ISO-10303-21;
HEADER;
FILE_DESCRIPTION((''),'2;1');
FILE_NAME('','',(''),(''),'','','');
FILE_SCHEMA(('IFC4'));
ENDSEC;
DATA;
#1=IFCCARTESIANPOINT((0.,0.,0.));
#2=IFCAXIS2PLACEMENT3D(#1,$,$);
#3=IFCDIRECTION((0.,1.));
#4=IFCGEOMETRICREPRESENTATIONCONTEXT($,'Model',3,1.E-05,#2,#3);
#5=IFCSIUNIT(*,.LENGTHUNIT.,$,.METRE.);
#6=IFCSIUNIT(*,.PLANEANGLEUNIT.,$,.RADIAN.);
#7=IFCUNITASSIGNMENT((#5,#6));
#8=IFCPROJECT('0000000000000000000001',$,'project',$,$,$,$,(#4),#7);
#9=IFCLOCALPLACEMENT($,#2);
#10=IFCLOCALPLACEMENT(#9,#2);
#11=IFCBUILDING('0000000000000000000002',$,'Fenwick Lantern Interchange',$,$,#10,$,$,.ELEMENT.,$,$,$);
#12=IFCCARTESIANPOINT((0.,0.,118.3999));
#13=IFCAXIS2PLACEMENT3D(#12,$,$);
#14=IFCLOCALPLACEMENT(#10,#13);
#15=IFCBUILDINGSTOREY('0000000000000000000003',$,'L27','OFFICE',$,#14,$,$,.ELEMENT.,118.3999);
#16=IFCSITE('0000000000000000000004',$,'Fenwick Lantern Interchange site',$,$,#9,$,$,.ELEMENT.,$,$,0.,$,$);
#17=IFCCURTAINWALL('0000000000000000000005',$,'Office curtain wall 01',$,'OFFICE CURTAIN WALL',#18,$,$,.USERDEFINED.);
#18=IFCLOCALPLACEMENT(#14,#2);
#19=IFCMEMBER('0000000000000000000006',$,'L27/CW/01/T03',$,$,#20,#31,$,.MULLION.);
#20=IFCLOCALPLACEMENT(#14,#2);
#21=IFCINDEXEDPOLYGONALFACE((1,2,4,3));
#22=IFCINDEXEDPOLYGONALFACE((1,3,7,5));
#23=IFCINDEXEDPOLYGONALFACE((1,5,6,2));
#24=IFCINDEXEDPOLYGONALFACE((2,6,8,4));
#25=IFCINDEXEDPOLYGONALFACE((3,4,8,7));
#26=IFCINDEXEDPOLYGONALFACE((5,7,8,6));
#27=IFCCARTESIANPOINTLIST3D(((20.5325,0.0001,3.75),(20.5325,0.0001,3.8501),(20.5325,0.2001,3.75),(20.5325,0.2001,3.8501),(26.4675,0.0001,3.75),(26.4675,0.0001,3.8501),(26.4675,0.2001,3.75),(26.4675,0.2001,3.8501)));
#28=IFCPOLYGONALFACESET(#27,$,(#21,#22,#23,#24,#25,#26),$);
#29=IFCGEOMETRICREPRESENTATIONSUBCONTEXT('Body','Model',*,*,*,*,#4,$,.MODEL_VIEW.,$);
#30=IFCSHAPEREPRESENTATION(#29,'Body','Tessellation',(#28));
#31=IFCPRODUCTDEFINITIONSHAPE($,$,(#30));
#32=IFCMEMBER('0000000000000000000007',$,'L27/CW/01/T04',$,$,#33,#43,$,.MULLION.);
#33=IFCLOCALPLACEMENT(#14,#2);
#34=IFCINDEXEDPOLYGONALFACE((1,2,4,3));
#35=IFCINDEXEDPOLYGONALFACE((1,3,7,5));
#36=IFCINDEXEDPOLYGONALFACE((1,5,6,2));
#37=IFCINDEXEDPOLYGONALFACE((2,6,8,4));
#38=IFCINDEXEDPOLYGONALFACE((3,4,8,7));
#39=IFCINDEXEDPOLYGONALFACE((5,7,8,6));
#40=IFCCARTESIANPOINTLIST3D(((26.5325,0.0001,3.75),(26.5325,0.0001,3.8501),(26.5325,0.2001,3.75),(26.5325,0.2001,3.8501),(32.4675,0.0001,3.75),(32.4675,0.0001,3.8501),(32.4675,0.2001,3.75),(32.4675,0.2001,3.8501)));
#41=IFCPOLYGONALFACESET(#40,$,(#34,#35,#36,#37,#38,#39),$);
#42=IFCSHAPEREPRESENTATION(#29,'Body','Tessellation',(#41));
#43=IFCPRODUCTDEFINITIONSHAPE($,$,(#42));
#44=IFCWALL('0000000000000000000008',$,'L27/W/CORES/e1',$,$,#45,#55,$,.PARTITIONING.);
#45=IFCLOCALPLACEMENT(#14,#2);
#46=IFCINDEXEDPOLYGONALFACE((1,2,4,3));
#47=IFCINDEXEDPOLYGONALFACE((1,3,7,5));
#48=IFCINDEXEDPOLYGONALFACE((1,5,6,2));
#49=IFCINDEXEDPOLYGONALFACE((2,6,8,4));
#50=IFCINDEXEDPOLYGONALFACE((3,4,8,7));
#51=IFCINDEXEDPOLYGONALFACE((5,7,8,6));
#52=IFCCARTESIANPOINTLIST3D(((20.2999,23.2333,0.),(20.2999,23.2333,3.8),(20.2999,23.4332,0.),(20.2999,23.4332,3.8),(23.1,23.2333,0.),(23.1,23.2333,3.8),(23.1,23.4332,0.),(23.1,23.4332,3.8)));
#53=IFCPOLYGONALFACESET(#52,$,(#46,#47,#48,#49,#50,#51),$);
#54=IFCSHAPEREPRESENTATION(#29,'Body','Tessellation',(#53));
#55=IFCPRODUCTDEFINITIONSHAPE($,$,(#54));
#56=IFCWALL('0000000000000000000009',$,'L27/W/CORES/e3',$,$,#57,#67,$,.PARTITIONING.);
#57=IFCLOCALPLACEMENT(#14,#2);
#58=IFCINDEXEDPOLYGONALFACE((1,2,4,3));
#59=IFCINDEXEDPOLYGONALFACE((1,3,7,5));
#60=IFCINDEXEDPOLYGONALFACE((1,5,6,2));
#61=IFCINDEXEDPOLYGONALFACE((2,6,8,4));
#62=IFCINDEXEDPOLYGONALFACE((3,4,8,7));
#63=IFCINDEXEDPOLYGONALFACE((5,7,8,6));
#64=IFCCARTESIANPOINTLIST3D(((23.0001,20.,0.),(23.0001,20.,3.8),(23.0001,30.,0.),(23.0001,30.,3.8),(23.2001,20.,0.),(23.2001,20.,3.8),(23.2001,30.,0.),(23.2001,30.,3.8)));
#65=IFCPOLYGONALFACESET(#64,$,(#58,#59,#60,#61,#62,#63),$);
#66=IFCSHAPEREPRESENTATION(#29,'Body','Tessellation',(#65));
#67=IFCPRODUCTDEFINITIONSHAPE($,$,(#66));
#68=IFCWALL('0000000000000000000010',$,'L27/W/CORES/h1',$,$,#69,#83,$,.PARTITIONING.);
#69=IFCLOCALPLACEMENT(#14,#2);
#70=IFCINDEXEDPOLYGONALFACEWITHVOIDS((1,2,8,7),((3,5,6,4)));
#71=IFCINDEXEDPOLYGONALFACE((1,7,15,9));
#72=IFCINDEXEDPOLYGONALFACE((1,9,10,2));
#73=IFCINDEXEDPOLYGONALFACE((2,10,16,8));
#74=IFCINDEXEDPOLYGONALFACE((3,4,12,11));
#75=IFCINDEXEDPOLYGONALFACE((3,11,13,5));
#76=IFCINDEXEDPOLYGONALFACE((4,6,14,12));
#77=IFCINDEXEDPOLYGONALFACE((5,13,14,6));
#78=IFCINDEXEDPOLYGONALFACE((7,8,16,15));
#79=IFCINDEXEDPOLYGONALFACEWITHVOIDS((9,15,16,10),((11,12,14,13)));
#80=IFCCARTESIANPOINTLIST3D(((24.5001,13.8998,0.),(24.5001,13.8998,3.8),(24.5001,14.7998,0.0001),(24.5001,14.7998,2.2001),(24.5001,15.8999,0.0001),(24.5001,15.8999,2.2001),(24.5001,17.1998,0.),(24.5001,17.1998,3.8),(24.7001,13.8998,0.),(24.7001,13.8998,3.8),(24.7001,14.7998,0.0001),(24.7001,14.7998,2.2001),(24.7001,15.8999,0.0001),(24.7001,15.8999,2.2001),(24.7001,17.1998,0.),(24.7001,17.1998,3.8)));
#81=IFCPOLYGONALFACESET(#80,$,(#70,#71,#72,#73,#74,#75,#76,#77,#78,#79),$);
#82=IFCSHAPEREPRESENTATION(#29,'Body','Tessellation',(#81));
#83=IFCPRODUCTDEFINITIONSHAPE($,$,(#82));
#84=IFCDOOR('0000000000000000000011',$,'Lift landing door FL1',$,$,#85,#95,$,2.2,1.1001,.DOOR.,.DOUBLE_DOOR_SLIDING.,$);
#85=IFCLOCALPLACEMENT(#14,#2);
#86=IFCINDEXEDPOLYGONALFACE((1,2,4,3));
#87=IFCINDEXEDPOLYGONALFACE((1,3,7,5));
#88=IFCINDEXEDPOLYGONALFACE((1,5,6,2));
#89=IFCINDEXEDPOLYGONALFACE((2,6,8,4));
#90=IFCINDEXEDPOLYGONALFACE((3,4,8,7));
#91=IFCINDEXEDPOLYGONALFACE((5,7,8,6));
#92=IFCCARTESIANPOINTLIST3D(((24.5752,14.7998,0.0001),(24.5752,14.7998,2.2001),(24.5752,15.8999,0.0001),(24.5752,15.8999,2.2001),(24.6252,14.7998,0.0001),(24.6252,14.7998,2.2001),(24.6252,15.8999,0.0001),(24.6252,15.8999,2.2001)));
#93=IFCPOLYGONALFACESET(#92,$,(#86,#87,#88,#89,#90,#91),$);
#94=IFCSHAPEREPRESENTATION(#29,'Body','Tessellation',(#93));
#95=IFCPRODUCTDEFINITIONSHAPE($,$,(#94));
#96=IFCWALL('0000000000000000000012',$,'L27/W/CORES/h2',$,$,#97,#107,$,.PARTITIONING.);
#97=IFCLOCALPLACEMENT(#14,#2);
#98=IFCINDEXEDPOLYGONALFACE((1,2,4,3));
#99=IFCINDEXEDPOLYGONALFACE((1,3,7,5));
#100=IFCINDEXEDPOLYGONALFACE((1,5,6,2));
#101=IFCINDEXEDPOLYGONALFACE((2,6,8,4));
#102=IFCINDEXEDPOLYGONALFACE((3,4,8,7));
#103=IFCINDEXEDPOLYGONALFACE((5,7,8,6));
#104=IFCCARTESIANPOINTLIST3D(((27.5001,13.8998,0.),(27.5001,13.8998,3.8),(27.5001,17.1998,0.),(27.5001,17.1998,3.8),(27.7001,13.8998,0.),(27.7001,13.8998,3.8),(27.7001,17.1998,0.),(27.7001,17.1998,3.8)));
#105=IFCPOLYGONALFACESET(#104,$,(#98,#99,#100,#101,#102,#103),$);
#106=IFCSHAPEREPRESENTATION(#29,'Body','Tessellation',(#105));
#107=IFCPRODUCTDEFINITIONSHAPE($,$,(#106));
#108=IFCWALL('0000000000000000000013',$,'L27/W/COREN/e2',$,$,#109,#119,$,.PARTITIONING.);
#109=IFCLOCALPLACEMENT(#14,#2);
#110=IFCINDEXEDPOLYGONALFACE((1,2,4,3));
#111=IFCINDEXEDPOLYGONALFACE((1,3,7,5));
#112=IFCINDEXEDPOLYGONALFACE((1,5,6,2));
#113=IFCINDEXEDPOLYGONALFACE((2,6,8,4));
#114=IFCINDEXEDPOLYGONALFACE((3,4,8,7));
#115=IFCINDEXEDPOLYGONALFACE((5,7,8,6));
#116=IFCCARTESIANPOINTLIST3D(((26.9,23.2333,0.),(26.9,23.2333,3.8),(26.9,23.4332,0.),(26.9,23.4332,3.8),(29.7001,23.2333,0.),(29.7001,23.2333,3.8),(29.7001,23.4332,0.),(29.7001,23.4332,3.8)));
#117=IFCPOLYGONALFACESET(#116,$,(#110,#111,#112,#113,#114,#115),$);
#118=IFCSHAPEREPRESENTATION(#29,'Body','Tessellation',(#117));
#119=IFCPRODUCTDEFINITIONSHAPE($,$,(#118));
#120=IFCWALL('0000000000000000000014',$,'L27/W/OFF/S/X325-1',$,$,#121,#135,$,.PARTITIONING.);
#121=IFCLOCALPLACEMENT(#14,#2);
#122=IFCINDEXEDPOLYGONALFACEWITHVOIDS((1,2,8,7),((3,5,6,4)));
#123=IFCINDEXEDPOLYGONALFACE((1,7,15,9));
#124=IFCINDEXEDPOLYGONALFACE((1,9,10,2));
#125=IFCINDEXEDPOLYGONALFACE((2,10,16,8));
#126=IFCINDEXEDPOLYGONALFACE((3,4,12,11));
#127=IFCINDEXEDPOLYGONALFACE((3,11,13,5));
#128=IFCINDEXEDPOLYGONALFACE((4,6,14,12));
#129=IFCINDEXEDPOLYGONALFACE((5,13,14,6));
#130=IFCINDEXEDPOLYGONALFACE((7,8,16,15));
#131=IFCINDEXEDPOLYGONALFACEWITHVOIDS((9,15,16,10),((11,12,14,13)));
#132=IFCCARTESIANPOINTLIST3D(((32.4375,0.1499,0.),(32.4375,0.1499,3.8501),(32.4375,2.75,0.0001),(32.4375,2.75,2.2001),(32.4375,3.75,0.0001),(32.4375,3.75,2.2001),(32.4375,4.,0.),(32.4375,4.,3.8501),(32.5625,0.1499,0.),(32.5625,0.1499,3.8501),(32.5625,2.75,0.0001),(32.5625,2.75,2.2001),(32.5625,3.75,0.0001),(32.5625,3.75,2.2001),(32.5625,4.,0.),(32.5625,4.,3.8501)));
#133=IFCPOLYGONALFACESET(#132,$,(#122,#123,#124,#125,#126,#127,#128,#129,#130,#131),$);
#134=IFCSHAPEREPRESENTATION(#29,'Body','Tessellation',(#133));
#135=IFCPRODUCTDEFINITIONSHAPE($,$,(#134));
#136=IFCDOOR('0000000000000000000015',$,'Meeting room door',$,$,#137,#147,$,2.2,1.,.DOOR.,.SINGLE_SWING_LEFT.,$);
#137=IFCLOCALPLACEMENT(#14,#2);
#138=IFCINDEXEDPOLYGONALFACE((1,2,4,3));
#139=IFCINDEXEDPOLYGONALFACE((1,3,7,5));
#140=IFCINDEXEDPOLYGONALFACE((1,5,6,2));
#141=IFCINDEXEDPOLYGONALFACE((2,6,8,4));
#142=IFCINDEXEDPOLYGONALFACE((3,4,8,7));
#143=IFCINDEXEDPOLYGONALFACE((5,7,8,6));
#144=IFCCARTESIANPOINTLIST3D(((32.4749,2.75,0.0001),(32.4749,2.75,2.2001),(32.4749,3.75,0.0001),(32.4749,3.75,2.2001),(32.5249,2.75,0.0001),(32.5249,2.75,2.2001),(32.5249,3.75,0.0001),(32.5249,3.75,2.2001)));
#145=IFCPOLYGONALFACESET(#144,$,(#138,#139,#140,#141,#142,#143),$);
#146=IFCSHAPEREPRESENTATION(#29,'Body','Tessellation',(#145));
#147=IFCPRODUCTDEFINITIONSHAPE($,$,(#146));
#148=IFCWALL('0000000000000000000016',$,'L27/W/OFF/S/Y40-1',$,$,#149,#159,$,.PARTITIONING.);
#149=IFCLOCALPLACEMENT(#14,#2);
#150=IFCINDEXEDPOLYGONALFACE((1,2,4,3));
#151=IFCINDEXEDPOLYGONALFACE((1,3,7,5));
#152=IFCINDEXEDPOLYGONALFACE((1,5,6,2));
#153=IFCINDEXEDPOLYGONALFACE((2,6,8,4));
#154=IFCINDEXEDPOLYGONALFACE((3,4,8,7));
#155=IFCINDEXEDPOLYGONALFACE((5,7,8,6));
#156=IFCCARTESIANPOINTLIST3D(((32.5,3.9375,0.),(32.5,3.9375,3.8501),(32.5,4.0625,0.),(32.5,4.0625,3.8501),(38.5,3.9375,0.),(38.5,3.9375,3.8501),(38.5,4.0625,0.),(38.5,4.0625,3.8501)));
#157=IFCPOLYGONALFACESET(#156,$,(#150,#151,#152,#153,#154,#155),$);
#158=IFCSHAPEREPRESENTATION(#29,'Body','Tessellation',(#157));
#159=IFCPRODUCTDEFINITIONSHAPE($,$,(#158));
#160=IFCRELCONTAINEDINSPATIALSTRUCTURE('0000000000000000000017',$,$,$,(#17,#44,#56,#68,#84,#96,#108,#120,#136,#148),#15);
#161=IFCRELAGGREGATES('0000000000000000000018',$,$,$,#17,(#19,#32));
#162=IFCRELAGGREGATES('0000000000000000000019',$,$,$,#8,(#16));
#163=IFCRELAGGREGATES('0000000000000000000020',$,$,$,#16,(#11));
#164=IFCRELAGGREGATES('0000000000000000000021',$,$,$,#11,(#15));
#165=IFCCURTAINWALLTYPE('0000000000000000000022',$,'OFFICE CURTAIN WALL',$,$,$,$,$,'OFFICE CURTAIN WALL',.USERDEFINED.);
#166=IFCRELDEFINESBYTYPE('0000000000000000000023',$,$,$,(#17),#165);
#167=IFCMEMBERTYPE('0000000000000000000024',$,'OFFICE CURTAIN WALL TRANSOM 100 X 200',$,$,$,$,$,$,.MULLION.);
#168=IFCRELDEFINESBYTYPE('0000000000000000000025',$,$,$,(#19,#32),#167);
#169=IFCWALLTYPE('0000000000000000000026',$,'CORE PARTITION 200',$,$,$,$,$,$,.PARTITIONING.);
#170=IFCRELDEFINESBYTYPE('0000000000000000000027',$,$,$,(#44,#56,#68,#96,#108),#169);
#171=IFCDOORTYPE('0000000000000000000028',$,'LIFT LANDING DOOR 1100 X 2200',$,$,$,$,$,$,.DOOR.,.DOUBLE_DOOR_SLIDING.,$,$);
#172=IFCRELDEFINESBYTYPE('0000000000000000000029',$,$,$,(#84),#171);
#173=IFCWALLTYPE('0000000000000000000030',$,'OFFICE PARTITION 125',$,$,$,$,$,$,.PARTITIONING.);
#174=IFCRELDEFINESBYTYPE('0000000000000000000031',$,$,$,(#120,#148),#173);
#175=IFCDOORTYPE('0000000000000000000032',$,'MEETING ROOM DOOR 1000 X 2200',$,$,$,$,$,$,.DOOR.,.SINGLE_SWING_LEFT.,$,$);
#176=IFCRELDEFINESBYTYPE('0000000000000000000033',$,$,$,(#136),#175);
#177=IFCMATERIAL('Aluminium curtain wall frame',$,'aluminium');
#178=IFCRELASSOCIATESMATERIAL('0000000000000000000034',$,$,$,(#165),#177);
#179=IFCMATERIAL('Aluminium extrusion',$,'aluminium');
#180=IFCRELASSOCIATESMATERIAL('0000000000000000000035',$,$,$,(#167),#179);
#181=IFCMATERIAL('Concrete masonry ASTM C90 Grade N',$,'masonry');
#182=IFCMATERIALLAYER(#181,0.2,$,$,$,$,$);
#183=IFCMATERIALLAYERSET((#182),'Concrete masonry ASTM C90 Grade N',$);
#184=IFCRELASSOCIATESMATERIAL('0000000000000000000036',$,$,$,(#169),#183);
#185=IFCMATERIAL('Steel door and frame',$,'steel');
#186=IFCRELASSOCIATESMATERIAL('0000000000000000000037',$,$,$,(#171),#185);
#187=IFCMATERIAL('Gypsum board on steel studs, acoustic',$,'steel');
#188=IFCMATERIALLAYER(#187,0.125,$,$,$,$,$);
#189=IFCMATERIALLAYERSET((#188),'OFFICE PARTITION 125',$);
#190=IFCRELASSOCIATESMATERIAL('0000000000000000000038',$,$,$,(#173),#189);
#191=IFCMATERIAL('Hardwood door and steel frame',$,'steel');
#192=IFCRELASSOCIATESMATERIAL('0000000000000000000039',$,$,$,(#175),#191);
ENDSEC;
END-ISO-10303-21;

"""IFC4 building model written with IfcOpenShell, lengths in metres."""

from ifc_helpers import new_model, si_unit, direction, frame, frame_2d, origin, origin_2d, place, context, subcontext, project, spatial, rectangle, extrude, material, layer, layer_set, material_profile, profile_set, type_object, element, fill, aggregate, save


model = new_model("IFC4")

# Units and contexts
model_context = context("Model", 3, precision=1e-05, world=origin(), true_north=direction((0.0, 1.0)))
body_context = subcontext(model_context, "Body", "Model", "MODEL_VIEW")
ifc_project = project(units=[si_unit("LENGTHUNIT", "METRE"), si_unit("PLANEANGLEUNIT", "RADIAN")], contexts=[model_context])

# Site, building, storey
site_placement = place(None, origin())
site = spatial("IfcSite", under=ifc_project, at=site_placement, Name="Fenwick Lantern Interchange site", CompositionType="ELEMENT", RefElevation=0.0)
building_placement = place(site_placement, origin())
building = spatial("IfcBuilding", under=site, at=building_placement, Name="Fenwick Lantern Interchange", CompositionType="ELEMENT")
storey_placement = place(building_placement, frame((0.0, 0.0, 118.3999)))
storey = spatial("IfcBuildingStorey", under=building, at=storey_placement, Name="L27", Description="OFFICE", CompositionType="ELEMENT", Elevation=118.3999)

# Curtain wall, members
ifc_material_1 = material(Name="Aluminium curtain wall frame", Category="aluminium")
curtain_wall_type = type_object("IfcCurtainWallType", Name="OFFICE CURTAIN WALL", ElementType="OFFICE CURTAIN WALL", PredefinedType="USERDEFINED", material=ifc_material_1)
curtain_wall_placement = place(storey_placement, origin())
curtain_wall = element("IfcCurtainWall", 1, at=curtain_wall_placement, inside=storey, type_object=curtain_wall_type, Name="Office curtain wall 01", ObjectType="OFFICE CURTAIN WALL", PredefinedType="USERDEFINED")
ifc_material_2 = material(Name="Aluminium extrusion", Category="aluminium")
ifc_material_profile_1 = material_profile(ifc_material_2, rectangle(XDim=0.2, YDim=0.1001, at=origin_2d()), Name="OFFICE CURTAIN WALL TRANSOM 100 X 200")
ifc_profile_set_1 = profile_set([ifc_material_profile_1], Name="Aluminium extrusion")
member_type_1 = type_object("IfcMemberType", Name="OFFICE CURTAIN WALL TRANSOM 100 X 200", PredefinedType="MULLION", material=ifc_profile_set_1)
member_1_placement = place(storey_placement, frame((20.5325, 0.1001, 3.8), z_axis=(1.0, 0.0, 0.0), x_axis=(0.0, 1.0, 0.0)))
member_1 = element("IfcMember", 2, at=member_1_placement, type_object=member_type_1, Name="L27/CW/01/T03", PredefinedType="MULLION", context=body_context, shape_type="SweptSolid", body=[
    extrude(rectangle(XDim=0.2, YDim=0.1001, at=origin_2d()), origin(), (0.0, 0.0, 1.0), 5.9351),
])
member_2_placement = place(storey_placement, frame((26.5325, 0.1001, 3.8), z_axis=(1.0, 0.0, 0.0), x_axis=(0.0, 1.0, 0.0)))
member_2 = element("IfcMember", 3, at=member_2_placement, type_object=member_type_1, Name="L27/CW/01/T04", PredefinedType="MULLION", context=body_context, shape_type="SweptSolid", body=[
    extrude(rectangle(XDim=0.2, YDim=0.1001, at=origin_2d()), origin(), (0.0, 0.0, 1.0), 5.9351),
])
aggregate(curtain_wall, [member_1, member_2])

# Walls
ifc_material_3 = material(Name="Concrete masonry ASTM C90 Grade N", Category="masonry")
ifc_layer_1 = layer(ifc_material_3, 0.2)
ifc_layer_set_1 = layer_set([ifc_layer_1], Name="Concrete masonry ASTM C90 Grade N")
wall_type_1 = type_object("IfcWallType", Name="CORE PARTITION 200", PredefinedType="PARTITIONING", material=ifc_layer_set_1)
wall_1_placement = place(storey_placement, frame((20.3, 23.3333, 0.0), z_axis=(0.0, 0.0, 1.0), x_axis=(1.0, 0.0, 0.0)))
element("IfcWall", 4, at=wall_1_placement, inside=storey, type_object=wall_type_1, Name="L27/W/CORES/e1", PredefinedType="PARTITIONING", context=body_context, shape_type="SweptSolid", body=[
    extrude(rectangle(XDim=2.8, YDim=0.2, at=frame_2d((1.3999, 0.0))), origin(), (0.0, 0.0, 1.0), 3.8),
])
wall_2_placement = place(storey_placement, frame((23.1001, 20.0, 0.0), z_axis=(0.0, 0.0, 1.0), x_axis=(0.0, 1.0, 0.0)))
element("IfcWall", 5, at=wall_2_placement, inside=storey, type_object=wall_type_1, Name="L27/W/CORES/e3", PredefinedType="PARTITIONING", context=body_context, shape_type="SweptSolid", body=[
    extrude(rectangle(XDim=10.0, YDim=0.2, at=frame_2d((5.0, 0.0))), origin(), (0.0, 0.0, 1.0), 3.8),
])

# Wall, opening, door
wall_3_placement = place(storey_placement, frame((24.6001, 13.8999, 0.0), z_axis=(0.0, 0.0, 1.0), x_axis=(0.0, 1.0, 0.0)))
wall_3 = element("IfcWall", 6, at=wall_3_placement, inside=storey, type_object=wall_type_1, Name="L27/W/CORES/h1", PredefinedType="PARTITIONING", context=body_context, shape_type="SweptSolid", body=[
    extrude(rectangle(XDim=3.3, YDim=0.2, at=frame_2d((1.6499, 0.0))), origin(), (0.0, 0.0, 1.0), 3.8),
])
opening_1_placement = place(wall_3_placement, frame((0.8999, 0.0, 0.0)))
opening_1 = element("IfcOpeningElement", 7, at=opening_1_placement, cuts=wall_3, PredefinedType="OPENING", context=body_context, shape_type="SweptSolid", body=[
    extrude(rectangle(XDim=1.1001, YDim=2.2, at=frame_2d((0.55, 1.1001))), frame((0.0, 0.1099, 0.0), z_axis=(0.0, -1.0, 0.0), x_axis=(1.0, 0.0, 0.0)), (0.0, 0.0, 1.0), 0.22),
])
ifc_material_4 = material(Name="Steel door and frame", Category="steel")
door_type_1 = type_object("IfcDoorType", Name="LIFT LANDING DOOR 1100 X 2200", OperationType="DOUBLE_DOOR_SLIDING", PredefinedType="DOOR", material=ifc_material_4)
door_1_placement = place(opening_1_placement, origin())
door_1 = element("IfcDoor", 8, at=door_1_placement, inside=storey, type_object=door_type_1, Name="Lift landing door FL1", OperationType="DOUBLE_DOOR_SLIDING", OverallHeight=2.2, OverallWidth=1.1001, PredefinedType="DOOR", context=body_context, shape_type="SweptSolid", body=[
    extrude(rectangle(XDim=1.1001, YDim=2.2, at=frame_2d((0.55, 1.1001))), frame((0.0, 0.0249, 0.0), z_axis=(0.0, -1.0, 0.0), x_axis=(1.0, 0.0, 0.0)), (0.0, 0.0, 1.0), 0.05),
])
fill(opening_1, door_1)

# Walls
wall_4_placement = place(storey_placement, frame((27.6001, 13.8999, 0.0), z_axis=(0.0, 0.0, 1.0), x_axis=(0.0, 1.0, 0.0)))
element("IfcWall", 9, at=wall_4_placement, inside=storey, type_object=wall_type_1, Name="L27/W/CORES/h2", PredefinedType="PARTITIONING", context=body_context, shape_type="SweptSolid", body=[
    extrude(rectangle(XDim=3.3, YDim=0.2, at=frame_2d((1.6499, 0.0))), origin(), (0.0, 0.0, 1.0), 3.8),
])
wall_5_placement = place(storey_placement, frame((29.7, 23.3333, 0.0), z_axis=(0.0, 0.0, 1.0), x_axis=(-1.0, 0.0, 0.0)))
element("IfcWall", 10, at=wall_5_placement, inside=storey, type_object=wall_type_1, Name="L27/W/COREN/e2", PredefinedType="PARTITIONING", context=body_context, shape_type="SweptSolid", body=[
    extrude(rectangle(XDim=2.8, YDim=0.2, at=frame_2d((1.3999, 0.0))), origin(), (0.0, 0.0, 1.0), 3.8),
])

# Wall, opening, door
ifc_material_5 = material(Name="Gypsum board on steel studs, acoustic", Category="steel")
ifc_layer_2 = layer(ifc_material_5, 0.125)
ifc_layer_set_2 = layer_set([ifc_layer_2], Name="OFFICE PARTITION 125")
wall_type_2 = type_object("IfcWallType", Name="OFFICE PARTITION 125", PredefinedType="PARTITIONING", material=ifc_layer_set_2)
wall_6_placement = place(storey_placement, frame((32.5, 0.1499, 0.0), z_axis=(0.0, 0.0, 1.0), x_axis=(0.0, 1.0, 0.0)))
wall_6 = element("IfcWall", 11, at=wall_6_placement, inside=storey, type_object=wall_type_2, Name="L27/W/OFF/S/X325-1", PredefinedType="PARTITIONING", context=body_context, shape_type="SweptSolid", body=[
    extrude(rectangle(XDim=3.8501, YDim=0.125, at=frame_2d((1.925, 0.0))), origin(), (0.0, 0.0, 1.0), 3.8501),
])
opening_2_placement = place(wall_6_placement, frame((2.6001, 0.0, 0.0)))
opening_2 = element("IfcOpeningElement", 12, at=opening_2_placement, cuts=wall_6, PredefinedType="OPENING", context=body_context, shape_type="SweptSolid", body=[
    extrude(rectangle(XDim=1.0, YDim=2.2, at=frame_2d((0.5, 1.1001))), frame((0.0, 0.0725, 0.0), z_axis=(0.0, -1.0, 0.0), x_axis=(1.0, 0.0, 0.0)), (0.0, 0.0, 1.0), 0.145),
])
ifc_material_6 = material(Name="Hardwood door and steel frame", Category="steel")
door_type_2 = type_object("IfcDoorType", Name="MEETING ROOM DOOR 1000 X 2200", OperationType="SINGLE_SWING_LEFT", PredefinedType="DOOR", material=ifc_material_6)
door_2_placement = place(opening_2_placement, frame((1.0, 0.0, 0.0), z_axis=(0.0, 0.0, 1.0), x_axis=(-1.0, 0.0, 0.0)))
door_2 = element("IfcDoor", 13, at=door_2_placement, inside=storey, type_object=door_type_2, Name="Meeting room door", OperationType="SINGLE_SWING_LEFT", OverallHeight=2.2, OverallWidth=1.0, PredefinedType="DOOR", context=body_context, shape_type="SweptSolid", body=[
    extrude(rectangle(XDim=1.0, YDim=2.2, at=frame_2d((0.5, 1.1001))), frame((0.0, 0.0249, 0.0), z_axis=(0.0, -1.0, 0.0), x_axis=(1.0, 0.0, 0.0)), (0.0, 0.0, 1.0), 0.05),
])
fill(opening_2, door_2)

# Wall
wall_7_placement = place(storey_placement, frame((32.5, 4.0, 0.0), z_axis=(0.0, 0.0, 1.0), x_axis=(1.0, 0.0, 0.0)))
element("IfcWall", 14, at=wall_7_placement, inside=storey, type_object=wall_type_2, Name="L27/W/OFF/S/Y40-1", PredefinedType="PARTITIONING", context=body_context, shape_type="SweptSolid", body=[
    extrude(rectangle(XDim=6.0, YDim=0.125, at=frame_2d((3.0, 0.0))), origin(), (0.0, 0.0, 1.0), 3.8501),
])

save(model, "model.ifc")
